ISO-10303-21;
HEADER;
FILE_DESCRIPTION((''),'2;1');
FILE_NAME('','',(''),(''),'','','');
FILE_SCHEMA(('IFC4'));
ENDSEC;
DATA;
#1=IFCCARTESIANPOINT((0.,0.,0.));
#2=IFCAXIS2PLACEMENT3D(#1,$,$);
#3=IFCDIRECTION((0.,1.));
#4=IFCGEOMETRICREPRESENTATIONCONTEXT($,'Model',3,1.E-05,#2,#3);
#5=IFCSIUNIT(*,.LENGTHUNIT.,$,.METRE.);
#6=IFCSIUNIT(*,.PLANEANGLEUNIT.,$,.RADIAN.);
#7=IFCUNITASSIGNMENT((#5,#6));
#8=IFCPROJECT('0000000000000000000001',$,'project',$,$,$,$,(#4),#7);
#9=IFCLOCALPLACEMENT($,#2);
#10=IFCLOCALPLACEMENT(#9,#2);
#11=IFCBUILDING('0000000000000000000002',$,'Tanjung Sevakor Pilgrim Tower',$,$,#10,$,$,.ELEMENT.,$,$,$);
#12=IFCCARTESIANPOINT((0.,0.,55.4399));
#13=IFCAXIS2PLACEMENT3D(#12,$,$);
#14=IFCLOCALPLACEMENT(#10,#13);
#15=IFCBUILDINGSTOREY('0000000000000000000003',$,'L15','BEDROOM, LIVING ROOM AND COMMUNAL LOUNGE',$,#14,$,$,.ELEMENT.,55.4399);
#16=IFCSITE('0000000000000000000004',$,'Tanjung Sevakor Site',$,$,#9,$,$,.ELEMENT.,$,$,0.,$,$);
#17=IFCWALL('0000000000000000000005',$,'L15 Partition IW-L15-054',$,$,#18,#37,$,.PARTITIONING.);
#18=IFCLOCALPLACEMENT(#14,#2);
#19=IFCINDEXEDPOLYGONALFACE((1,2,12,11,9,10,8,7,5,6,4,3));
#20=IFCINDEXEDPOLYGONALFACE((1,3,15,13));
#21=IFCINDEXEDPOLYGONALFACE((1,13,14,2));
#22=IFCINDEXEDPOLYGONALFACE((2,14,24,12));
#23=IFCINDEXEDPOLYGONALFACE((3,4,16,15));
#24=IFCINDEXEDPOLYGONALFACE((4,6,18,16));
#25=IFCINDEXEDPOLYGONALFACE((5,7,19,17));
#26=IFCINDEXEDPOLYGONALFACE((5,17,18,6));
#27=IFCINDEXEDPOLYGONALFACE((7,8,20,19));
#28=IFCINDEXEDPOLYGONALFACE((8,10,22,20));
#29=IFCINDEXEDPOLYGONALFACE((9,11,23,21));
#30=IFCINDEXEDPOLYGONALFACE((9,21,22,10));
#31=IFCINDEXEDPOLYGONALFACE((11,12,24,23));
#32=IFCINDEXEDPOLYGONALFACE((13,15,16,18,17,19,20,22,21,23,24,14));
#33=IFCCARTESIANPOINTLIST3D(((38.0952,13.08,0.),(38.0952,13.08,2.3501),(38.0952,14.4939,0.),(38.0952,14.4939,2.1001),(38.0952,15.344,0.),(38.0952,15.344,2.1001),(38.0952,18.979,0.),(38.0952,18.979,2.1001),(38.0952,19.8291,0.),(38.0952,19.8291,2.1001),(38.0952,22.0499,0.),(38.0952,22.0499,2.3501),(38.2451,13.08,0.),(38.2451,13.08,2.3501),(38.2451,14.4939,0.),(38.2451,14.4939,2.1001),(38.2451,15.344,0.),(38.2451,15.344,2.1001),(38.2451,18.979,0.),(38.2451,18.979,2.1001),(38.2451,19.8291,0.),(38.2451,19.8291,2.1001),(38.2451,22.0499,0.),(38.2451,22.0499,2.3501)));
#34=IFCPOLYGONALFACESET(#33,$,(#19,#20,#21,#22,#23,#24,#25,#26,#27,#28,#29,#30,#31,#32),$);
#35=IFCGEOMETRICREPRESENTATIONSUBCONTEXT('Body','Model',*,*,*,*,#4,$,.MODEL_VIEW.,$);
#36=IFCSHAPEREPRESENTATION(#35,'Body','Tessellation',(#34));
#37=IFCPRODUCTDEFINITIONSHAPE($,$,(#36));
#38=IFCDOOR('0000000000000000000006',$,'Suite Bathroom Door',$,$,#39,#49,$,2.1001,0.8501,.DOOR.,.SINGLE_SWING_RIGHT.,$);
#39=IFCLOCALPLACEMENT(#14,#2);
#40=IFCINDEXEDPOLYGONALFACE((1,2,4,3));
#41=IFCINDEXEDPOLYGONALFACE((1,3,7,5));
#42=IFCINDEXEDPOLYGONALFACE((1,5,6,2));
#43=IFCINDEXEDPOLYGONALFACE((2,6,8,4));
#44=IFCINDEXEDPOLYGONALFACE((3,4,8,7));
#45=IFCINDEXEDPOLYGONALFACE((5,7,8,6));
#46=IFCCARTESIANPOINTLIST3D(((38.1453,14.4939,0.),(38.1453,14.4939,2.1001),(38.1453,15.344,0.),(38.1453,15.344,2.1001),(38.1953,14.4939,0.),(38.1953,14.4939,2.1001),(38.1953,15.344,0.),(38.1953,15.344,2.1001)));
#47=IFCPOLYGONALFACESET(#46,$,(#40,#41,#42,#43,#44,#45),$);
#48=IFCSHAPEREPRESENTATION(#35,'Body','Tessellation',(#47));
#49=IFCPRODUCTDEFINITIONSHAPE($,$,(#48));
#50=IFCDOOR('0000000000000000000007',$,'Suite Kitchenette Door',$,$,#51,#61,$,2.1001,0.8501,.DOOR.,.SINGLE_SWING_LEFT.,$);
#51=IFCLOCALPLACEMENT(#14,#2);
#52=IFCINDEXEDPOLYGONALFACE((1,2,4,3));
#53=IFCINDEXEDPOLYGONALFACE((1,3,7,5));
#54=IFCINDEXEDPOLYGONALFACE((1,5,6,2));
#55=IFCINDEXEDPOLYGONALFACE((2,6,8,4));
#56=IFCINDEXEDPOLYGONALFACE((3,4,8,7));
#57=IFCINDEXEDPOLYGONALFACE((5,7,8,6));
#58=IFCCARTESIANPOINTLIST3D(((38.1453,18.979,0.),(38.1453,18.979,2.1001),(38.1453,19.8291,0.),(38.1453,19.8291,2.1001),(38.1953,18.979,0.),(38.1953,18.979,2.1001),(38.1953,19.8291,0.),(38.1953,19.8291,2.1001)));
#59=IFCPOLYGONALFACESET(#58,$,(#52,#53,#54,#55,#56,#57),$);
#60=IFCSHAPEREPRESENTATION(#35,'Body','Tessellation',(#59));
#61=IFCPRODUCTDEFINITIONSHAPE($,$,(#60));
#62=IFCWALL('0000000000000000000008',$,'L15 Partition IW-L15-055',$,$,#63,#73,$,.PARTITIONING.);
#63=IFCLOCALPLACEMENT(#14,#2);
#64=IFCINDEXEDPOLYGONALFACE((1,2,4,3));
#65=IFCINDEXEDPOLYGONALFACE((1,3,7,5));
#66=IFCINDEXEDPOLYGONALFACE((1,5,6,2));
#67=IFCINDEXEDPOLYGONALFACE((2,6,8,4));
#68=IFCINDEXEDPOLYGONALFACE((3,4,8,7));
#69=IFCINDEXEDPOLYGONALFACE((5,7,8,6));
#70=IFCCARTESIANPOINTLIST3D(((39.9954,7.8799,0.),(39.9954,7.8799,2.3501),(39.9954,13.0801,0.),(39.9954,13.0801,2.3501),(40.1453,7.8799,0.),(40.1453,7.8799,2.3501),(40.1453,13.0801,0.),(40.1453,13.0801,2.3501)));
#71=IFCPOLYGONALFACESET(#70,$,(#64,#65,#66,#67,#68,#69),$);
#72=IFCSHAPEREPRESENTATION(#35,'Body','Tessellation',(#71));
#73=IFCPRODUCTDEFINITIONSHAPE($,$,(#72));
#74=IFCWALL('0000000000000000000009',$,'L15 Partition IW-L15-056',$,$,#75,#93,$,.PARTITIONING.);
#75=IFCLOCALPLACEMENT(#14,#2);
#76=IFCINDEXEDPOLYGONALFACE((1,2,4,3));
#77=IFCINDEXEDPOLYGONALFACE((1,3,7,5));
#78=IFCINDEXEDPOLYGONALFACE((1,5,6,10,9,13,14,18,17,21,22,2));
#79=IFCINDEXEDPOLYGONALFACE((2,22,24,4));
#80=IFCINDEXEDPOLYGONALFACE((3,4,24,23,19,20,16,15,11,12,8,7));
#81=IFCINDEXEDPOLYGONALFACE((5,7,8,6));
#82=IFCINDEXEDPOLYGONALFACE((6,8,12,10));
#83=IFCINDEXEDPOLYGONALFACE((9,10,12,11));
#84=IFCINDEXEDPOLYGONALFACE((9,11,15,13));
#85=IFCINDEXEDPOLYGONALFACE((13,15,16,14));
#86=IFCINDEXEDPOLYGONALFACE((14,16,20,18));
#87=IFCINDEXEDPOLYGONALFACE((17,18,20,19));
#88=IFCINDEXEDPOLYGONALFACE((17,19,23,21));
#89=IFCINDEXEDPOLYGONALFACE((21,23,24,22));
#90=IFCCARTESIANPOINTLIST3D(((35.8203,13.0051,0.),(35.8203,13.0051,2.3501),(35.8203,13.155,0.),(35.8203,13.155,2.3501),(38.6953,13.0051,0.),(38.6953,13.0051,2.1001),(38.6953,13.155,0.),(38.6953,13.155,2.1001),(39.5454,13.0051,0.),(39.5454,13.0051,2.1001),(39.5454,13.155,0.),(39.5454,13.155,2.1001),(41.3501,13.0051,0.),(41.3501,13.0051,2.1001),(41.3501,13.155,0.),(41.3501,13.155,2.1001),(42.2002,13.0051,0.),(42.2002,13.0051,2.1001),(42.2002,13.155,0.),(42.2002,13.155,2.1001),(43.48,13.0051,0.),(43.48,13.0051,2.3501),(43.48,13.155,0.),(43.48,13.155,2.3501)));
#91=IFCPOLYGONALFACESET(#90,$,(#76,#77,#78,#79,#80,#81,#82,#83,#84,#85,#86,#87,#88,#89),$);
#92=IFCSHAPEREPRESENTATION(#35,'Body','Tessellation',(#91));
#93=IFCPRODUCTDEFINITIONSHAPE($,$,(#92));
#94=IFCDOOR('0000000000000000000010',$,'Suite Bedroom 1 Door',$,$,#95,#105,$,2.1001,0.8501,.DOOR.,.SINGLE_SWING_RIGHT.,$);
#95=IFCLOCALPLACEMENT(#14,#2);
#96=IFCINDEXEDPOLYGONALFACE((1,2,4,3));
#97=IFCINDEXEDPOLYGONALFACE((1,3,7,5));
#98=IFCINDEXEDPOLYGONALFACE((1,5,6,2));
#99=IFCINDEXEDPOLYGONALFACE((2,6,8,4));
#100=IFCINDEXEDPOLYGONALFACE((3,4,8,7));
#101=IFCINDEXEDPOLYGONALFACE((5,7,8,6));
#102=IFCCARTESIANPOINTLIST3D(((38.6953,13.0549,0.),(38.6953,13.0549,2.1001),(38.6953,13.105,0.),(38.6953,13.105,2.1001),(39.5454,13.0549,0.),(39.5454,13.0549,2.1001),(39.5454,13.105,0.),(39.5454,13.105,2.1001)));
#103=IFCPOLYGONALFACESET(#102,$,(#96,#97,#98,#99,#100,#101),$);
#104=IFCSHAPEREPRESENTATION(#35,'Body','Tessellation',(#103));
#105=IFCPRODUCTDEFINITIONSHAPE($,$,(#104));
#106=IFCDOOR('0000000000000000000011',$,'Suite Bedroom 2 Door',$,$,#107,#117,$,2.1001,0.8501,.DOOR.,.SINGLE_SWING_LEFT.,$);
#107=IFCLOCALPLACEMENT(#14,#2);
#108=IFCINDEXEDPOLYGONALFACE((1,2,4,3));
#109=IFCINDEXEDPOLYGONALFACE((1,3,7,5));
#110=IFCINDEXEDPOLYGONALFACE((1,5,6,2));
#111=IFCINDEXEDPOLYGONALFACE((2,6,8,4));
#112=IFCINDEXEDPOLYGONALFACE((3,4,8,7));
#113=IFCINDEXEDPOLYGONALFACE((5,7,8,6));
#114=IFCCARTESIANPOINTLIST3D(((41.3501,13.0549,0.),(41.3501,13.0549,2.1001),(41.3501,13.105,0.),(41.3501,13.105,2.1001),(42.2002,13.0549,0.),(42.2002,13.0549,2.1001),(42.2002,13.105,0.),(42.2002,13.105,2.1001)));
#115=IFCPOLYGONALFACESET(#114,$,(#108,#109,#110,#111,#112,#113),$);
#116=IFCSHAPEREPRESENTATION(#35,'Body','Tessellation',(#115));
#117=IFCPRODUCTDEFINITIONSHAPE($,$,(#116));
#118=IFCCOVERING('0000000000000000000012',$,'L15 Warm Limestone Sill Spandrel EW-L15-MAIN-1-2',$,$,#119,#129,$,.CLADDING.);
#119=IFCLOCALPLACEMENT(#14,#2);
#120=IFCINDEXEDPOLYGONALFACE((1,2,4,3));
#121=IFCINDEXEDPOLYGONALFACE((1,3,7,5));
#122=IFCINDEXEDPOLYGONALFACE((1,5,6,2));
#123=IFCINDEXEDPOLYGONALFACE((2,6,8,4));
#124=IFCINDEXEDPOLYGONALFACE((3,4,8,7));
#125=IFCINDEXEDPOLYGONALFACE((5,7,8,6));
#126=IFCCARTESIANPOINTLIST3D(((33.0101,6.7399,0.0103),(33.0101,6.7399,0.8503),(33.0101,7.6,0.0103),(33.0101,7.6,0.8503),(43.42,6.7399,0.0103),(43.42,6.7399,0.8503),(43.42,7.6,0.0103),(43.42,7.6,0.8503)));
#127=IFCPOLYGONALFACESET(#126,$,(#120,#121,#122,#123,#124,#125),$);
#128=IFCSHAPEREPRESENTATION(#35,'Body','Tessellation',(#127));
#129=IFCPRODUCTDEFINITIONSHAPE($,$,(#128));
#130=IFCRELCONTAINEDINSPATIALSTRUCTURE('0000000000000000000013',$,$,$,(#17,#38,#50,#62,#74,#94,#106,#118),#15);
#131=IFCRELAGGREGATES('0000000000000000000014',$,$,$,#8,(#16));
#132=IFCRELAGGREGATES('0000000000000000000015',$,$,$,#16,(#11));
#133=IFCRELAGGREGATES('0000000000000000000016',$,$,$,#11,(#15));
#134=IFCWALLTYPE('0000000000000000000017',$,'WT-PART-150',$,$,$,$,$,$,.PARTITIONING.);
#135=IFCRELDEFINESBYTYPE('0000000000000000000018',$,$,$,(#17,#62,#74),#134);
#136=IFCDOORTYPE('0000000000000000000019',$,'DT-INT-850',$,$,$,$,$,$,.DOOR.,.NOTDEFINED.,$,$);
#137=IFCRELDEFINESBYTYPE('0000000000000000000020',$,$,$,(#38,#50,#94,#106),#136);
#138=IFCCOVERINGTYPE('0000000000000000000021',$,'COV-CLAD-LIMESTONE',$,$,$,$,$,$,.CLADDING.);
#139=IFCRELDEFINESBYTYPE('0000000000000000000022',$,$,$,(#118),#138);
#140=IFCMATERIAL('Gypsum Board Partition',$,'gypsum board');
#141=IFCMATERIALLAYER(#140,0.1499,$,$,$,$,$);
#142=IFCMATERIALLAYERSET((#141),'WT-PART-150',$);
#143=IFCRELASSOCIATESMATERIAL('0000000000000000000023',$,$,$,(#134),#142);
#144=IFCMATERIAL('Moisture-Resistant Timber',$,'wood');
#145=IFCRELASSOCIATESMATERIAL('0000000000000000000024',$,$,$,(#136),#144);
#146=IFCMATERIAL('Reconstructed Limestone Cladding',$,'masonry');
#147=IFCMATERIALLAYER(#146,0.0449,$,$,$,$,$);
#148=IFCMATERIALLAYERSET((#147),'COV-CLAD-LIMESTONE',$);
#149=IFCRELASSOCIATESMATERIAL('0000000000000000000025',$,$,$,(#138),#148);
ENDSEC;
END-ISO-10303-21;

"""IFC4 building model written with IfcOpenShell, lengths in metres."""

from ifc_helpers import new_model, si_unit, direction, frame, frame_2d, origin, origin_2d, place, context, subcontext, project, spatial, rectangle, extrude, material, layer, layer_set, type_object, element, fill, save


model = new_model("IFC4")

# Units and contexts
model_context = context("Model", 3, precision=1e-05, world=origin(), true_north=direction((0.0, 1.0)))
body_context = subcontext(model_context, "Body", "Model", "MODEL_VIEW")
ifc_project = project(units=[si_unit("LENGTHUNIT", "METRE"), si_unit("PLANEANGLEUNIT", "RADIAN")], contexts=[model_context])

# Site, building, storey
site_placement = place(None, origin())
site = spatial("IfcSite", under=ifc_project, at=site_placement, Name="Tanjung Sevakor Site", CompositionType="ELEMENT", RefElevation=0.0)
building_placement = place(site_placement, origin())
building = spatial("IfcBuilding", under=site, at=building_placement, Name="Tanjung Sevakor Pilgrim Tower", CompositionType="ELEMENT")
storey_placement = place(building_placement, frame((0.0, 0.0, 55.4399)))
storey = spatial("IfcBuildingStorey", under=building, at=storey_placement, Name="L15", Description="BEDROOM, LIVING ROOM AND COMMUNAL LOUNGE", CompositionType="ELEMENT", Elevation=55.4399)

# Shared definitions
ifc_material_1 = material(Name="Gypsum Board Partition", Category="gypsum board")
ifc_layer_1 = layer(ifc_material_1, 0.1499)
ifc_layer_set_1 = layer_set([ifc_layer_1], Name="WT-PART-150")
wall_type_1 = type_object("IfcWallType", Name="WT-PART-150", PredefinedType="PARTITIONING", material=ifc_layer_set_1)

# Wall, openings, doors
wall_1_placement = place(storey_placement, frame((38.1702, 13.0801, 0.0), z_axis=(0.0, 0.0, 1.0), x_axis=(0.0, 1.0, 0.0)))
wall_1 = element("IfcWall", 1, at=wall_1_placement, inside=storey, type_object=wall_type_1, Name="L15 Partition IW-L15-054", PredefinedType="PARTITIONING", context=body_context, shape_type="SweptSolid", body=[
    extrude(rectangle(XDim=8.97, YDim=0.1499, at=frame_2d((4.4849, 0.0))), origin(), (0.0, 0.0, 1.0), 2.3501),
])
opening_1_placement = place(wall_1_placement, frame((1.4138, 0.0, 0.0)))
opening_1 = element("IfcOpeningElement", 2, at=opening_1_placement, cuts=wall_1, PredefinedType="OPENING", context=body_context, shape_type="SweptSolid", body=[
    extrude(rectangle(XDim=0.8501, YDim=2.1001, at=frame_2d((0.425, 1.05))), frame((0.0, 0.085, 0.0), z_axis=(0.0, -1.0, 0.0), x_axis=(1.0, 0.0, 0.0)), (0.0, 0.0, 1.0), 0.1699),
])
opening_2_placement = place(wall_1_placement, frame((5.8989, 0.0, 0.0)))
opening_2 = element("IfcOpeningElement", 3, at=opening_2_placement, cuts=wall_1, PredefinedType="OPENING", context=body_context, shape_type="SweptSolid", body=[
    extrude(rectangle(XDim=0.8501, YDim=2.1001, at=frame_2d((0.425, 1.05))), frame((0.0, 0.085, 0.0), z_axis=(0.0, -1.0, 0.0), x_axis=(1.0, 0.0, 0.0)), (0.0, 0.0, 1.0), 0.1699),
])
ifc_material_2 = material(Name="Moisture-Resistant Timber", Category="wood")
door_type_1 = type_object("IfcDoorType", Name="DT-INT-850", OperationType="NOTDEFINED", PredefinedType="DOOR", material=ifc_material_2)
door_1_placement = place(opening_1_placement, origin())
door_1 = element("IfcDoor", 4, at=door_1_placement, inside=storey, type_object=door_type_1, Name="Suite Bathroom Door", OperationType="SINGLE_SWING_RIGHT", OverallHeight=2.1001, OverallWidth=0.8501, PredefinedType="DOOR", context=body_context, shape_type="SweptSolid", body=[
    extrude(rectangle(XDim=0.8501, YDim=2.1001, at=frame_2d((0.425, 1.05))), frame((0.0, 0.0249, 0.0), z_axis=(0.0, -1.0, 0.0), x_axis=(1.0, 0.0, 0.0)), (0.0, 0.0, 1.0), 0.05),
])
fill(opening_1, door_1)
door_2_placement = place(opening_2_placement, origin())
door_2 = element("IfcDoor", 5, at=door_2_placement, inside=storey, type_object=door_type_1, Name="Suite Kitchenette Door", OperationType="SINGLE_SWING_LEFT", OverallHeight=2.1001, OverallWidth=0.8501, PredefinedType="DOOR", context=body_context, shape_type="SweptSolid", body=[
    extrude(rectangle(XDim=0.8501, YDim=2.1001, at=frame_2d((0.425, 1.05))), frame((0.0, 0.0249, 0.0), z_axis=(0.0, -1.0, 0.0), x_axis=(1.0, 0.0, 0.0)), (0.0, 0.0, 1.0), 0.05),
])
fill(opening_2, door_2)

# Wall
wall_2_placement = place(storey_placement, frame((40.0703, 7.8799, 0.0), z_axis=(0.0, 0.0, 1.0), x_axis=(0.0, 1.0, 0.0)))
element("IfcWall", 6, at=wall_2_placement, inside=storey, type_object=wall_type_1, Name="L15 Partition IW-L15-055", PredefinedType="PARTITIONING", context=body_context, shape_type="SweptSolid", body=[
    extrude(rectangle(XDim=5.2002, YDim=0.1499, at=frame_2d((2.6001, 0.0))), origin(), (0.0, 0.0, 1.0), 2.3501),
])

# Wall, openings, doors
wall_3_placement = place(storey_placement, frame((35.8203, 13.0801, 0.0), z_axis=(0.0, 0.0, 1.0), x_axis=(1.0, 0.0, 0.0)))
wall_3 = element("IfcWall", 7, at=wall_3_placement, inside=storey, type_object=wall_type_1, Name="L15 Partition IW-L15-056", PredefinedType="PARTITIONING", context=body_context, shape_type="SweptSolid", body=[
    extrude(rectangle(XDim=7.6597, YDim=0.1499, at=frame_2d((3.8298, 0.0))), origin(), (0.0, 0.0, 1.0), 2.3501),
])
opening_3_placement = place(wall_3_placement, frame((2.875, 0.0, 0.0)))
opening_3 = element("IfcOpeningElement", 8, at=opening_3_placement, cuts=wall_3, PredefinedType="OPENING", context=body_context, shape_type="SweptSolid", body=[
    extrude(rectangle(XDim=0.8501, YDim=2.1001, at=frame_2d((0.425, 1.05))), frame((0.0, 0.085, 0.0), z_axis=(0.0, -1.0, 0.0), x_axis=(1.0, 0.0, 0.0)), (0.0, 0.0, 1.0), 0.1699),
])
opening_4_placement = place(wall_3_placement, frame((5.5298, 0.0, 0.0)))
opening_4 = element("IfcOpeningElement", 9, at=opening_4_placement, cuts=wall_3, PredefinedType="OPENING", context=body_context, shape_type="SweptSolid", body=[
    extrude(rectangle(XDim=0.8501, YDim=2.1001, at=frame_2d((0.425, 1.05))), frame((0.0, 0.085, 0.0), z_axis=(0.0, -1.0, 0.0), x_axis=(1.0, 0.0, 0.0)), (0.0, 0.0, 1.0), 0.1699),
])
door_3_placement = place(opening_3_placement, origin())
door_3 = element("IfcDoor", 10, at=door_3_placement, inside=storey, type_object=door_type_1, Name="Suite Bedroom 1 Door", OperationType="SINGLE_SWING_RIGHT", OverallHeight=2.1001, OverallWidth=0.8501, PredefinedType="DOOR", context=body_context, shape_type="SweptSolid", body=[
    extrude(rectangle(XDim=0.8501, YDim=2.1001, at=frame_2d((0.425, 1.05))), frame((0.0, 0.0249, 0.0), z_axis=(0.0, -1.0, 0.0), x_axis=(1.0, 0.0, 0.0)), (0.0, 0.0, 1.0), 0.05),
])
fill(opening_3, door_3)
door_4_placement = place(opening_4_placement, origin())
door_4 = element("IfcDoor", 11, at=door_4_placement, inside=storey, type_object=door_type_1, Name="Suite Bedroom 2 Door", OperationType="SINGLE_SWING_LEFT", OverallHeight=2.1001, OverallWidth=0.8501, PredefinedType="DOOR", context=body_context, shape_type="SweptSolid", body=[
    extrude(rectangle(XDim=0.8501, YDim=2.1001, at=frame_2d((0.425, 1.05))), frame((0.0, 0.0249, 0.0), z_axis=(0.0, -1.0, 0.0), x_axis=(1.0, 0.0, 0.0)), (0.0, 0.0, 1.0), 0.05),
])
fill(opening_4, door_4)

# Covering
ifc_material_3 = material(Name="Reconstructed Limestone Cladding", Category="masonry")
ifc_layer_2 = layer(ifc_material_3, 0.0449)
ifc_layer_set_2 = layer_set([ifc_layer_2], Name="COV-CLAD-LIMESTONE")
covering_type = type_object("IfcCoveringType", Name="COV-CLAD-LIMESTONE", PredefinedType="CLADDING", material=ifc_layer_set_2)
covering_placement = place(storey_placement, frame((38.2151, 7.1699, 0.0103), z_axis=(0.0, 0.0, 1.0), x_axis=(1.0, 0.0, 0.0)))
element("IfcCovering", 12, at=covering_placement, inside=storey, type_object=covering_type, Name="L15 Warm Limestone Sill Spandrel EW-L15-MAIN-1-2", PredefinedType="CLADDING", context=body_context, shape_type="SweptSolid", body=[
    extrude(rectangle(XDim=10.4099, YDim=0.8601, at=origin_2d()), origin(), (0.0, 0.0, 1.0), 0.8401),
])

save(model, "model.ifc")
